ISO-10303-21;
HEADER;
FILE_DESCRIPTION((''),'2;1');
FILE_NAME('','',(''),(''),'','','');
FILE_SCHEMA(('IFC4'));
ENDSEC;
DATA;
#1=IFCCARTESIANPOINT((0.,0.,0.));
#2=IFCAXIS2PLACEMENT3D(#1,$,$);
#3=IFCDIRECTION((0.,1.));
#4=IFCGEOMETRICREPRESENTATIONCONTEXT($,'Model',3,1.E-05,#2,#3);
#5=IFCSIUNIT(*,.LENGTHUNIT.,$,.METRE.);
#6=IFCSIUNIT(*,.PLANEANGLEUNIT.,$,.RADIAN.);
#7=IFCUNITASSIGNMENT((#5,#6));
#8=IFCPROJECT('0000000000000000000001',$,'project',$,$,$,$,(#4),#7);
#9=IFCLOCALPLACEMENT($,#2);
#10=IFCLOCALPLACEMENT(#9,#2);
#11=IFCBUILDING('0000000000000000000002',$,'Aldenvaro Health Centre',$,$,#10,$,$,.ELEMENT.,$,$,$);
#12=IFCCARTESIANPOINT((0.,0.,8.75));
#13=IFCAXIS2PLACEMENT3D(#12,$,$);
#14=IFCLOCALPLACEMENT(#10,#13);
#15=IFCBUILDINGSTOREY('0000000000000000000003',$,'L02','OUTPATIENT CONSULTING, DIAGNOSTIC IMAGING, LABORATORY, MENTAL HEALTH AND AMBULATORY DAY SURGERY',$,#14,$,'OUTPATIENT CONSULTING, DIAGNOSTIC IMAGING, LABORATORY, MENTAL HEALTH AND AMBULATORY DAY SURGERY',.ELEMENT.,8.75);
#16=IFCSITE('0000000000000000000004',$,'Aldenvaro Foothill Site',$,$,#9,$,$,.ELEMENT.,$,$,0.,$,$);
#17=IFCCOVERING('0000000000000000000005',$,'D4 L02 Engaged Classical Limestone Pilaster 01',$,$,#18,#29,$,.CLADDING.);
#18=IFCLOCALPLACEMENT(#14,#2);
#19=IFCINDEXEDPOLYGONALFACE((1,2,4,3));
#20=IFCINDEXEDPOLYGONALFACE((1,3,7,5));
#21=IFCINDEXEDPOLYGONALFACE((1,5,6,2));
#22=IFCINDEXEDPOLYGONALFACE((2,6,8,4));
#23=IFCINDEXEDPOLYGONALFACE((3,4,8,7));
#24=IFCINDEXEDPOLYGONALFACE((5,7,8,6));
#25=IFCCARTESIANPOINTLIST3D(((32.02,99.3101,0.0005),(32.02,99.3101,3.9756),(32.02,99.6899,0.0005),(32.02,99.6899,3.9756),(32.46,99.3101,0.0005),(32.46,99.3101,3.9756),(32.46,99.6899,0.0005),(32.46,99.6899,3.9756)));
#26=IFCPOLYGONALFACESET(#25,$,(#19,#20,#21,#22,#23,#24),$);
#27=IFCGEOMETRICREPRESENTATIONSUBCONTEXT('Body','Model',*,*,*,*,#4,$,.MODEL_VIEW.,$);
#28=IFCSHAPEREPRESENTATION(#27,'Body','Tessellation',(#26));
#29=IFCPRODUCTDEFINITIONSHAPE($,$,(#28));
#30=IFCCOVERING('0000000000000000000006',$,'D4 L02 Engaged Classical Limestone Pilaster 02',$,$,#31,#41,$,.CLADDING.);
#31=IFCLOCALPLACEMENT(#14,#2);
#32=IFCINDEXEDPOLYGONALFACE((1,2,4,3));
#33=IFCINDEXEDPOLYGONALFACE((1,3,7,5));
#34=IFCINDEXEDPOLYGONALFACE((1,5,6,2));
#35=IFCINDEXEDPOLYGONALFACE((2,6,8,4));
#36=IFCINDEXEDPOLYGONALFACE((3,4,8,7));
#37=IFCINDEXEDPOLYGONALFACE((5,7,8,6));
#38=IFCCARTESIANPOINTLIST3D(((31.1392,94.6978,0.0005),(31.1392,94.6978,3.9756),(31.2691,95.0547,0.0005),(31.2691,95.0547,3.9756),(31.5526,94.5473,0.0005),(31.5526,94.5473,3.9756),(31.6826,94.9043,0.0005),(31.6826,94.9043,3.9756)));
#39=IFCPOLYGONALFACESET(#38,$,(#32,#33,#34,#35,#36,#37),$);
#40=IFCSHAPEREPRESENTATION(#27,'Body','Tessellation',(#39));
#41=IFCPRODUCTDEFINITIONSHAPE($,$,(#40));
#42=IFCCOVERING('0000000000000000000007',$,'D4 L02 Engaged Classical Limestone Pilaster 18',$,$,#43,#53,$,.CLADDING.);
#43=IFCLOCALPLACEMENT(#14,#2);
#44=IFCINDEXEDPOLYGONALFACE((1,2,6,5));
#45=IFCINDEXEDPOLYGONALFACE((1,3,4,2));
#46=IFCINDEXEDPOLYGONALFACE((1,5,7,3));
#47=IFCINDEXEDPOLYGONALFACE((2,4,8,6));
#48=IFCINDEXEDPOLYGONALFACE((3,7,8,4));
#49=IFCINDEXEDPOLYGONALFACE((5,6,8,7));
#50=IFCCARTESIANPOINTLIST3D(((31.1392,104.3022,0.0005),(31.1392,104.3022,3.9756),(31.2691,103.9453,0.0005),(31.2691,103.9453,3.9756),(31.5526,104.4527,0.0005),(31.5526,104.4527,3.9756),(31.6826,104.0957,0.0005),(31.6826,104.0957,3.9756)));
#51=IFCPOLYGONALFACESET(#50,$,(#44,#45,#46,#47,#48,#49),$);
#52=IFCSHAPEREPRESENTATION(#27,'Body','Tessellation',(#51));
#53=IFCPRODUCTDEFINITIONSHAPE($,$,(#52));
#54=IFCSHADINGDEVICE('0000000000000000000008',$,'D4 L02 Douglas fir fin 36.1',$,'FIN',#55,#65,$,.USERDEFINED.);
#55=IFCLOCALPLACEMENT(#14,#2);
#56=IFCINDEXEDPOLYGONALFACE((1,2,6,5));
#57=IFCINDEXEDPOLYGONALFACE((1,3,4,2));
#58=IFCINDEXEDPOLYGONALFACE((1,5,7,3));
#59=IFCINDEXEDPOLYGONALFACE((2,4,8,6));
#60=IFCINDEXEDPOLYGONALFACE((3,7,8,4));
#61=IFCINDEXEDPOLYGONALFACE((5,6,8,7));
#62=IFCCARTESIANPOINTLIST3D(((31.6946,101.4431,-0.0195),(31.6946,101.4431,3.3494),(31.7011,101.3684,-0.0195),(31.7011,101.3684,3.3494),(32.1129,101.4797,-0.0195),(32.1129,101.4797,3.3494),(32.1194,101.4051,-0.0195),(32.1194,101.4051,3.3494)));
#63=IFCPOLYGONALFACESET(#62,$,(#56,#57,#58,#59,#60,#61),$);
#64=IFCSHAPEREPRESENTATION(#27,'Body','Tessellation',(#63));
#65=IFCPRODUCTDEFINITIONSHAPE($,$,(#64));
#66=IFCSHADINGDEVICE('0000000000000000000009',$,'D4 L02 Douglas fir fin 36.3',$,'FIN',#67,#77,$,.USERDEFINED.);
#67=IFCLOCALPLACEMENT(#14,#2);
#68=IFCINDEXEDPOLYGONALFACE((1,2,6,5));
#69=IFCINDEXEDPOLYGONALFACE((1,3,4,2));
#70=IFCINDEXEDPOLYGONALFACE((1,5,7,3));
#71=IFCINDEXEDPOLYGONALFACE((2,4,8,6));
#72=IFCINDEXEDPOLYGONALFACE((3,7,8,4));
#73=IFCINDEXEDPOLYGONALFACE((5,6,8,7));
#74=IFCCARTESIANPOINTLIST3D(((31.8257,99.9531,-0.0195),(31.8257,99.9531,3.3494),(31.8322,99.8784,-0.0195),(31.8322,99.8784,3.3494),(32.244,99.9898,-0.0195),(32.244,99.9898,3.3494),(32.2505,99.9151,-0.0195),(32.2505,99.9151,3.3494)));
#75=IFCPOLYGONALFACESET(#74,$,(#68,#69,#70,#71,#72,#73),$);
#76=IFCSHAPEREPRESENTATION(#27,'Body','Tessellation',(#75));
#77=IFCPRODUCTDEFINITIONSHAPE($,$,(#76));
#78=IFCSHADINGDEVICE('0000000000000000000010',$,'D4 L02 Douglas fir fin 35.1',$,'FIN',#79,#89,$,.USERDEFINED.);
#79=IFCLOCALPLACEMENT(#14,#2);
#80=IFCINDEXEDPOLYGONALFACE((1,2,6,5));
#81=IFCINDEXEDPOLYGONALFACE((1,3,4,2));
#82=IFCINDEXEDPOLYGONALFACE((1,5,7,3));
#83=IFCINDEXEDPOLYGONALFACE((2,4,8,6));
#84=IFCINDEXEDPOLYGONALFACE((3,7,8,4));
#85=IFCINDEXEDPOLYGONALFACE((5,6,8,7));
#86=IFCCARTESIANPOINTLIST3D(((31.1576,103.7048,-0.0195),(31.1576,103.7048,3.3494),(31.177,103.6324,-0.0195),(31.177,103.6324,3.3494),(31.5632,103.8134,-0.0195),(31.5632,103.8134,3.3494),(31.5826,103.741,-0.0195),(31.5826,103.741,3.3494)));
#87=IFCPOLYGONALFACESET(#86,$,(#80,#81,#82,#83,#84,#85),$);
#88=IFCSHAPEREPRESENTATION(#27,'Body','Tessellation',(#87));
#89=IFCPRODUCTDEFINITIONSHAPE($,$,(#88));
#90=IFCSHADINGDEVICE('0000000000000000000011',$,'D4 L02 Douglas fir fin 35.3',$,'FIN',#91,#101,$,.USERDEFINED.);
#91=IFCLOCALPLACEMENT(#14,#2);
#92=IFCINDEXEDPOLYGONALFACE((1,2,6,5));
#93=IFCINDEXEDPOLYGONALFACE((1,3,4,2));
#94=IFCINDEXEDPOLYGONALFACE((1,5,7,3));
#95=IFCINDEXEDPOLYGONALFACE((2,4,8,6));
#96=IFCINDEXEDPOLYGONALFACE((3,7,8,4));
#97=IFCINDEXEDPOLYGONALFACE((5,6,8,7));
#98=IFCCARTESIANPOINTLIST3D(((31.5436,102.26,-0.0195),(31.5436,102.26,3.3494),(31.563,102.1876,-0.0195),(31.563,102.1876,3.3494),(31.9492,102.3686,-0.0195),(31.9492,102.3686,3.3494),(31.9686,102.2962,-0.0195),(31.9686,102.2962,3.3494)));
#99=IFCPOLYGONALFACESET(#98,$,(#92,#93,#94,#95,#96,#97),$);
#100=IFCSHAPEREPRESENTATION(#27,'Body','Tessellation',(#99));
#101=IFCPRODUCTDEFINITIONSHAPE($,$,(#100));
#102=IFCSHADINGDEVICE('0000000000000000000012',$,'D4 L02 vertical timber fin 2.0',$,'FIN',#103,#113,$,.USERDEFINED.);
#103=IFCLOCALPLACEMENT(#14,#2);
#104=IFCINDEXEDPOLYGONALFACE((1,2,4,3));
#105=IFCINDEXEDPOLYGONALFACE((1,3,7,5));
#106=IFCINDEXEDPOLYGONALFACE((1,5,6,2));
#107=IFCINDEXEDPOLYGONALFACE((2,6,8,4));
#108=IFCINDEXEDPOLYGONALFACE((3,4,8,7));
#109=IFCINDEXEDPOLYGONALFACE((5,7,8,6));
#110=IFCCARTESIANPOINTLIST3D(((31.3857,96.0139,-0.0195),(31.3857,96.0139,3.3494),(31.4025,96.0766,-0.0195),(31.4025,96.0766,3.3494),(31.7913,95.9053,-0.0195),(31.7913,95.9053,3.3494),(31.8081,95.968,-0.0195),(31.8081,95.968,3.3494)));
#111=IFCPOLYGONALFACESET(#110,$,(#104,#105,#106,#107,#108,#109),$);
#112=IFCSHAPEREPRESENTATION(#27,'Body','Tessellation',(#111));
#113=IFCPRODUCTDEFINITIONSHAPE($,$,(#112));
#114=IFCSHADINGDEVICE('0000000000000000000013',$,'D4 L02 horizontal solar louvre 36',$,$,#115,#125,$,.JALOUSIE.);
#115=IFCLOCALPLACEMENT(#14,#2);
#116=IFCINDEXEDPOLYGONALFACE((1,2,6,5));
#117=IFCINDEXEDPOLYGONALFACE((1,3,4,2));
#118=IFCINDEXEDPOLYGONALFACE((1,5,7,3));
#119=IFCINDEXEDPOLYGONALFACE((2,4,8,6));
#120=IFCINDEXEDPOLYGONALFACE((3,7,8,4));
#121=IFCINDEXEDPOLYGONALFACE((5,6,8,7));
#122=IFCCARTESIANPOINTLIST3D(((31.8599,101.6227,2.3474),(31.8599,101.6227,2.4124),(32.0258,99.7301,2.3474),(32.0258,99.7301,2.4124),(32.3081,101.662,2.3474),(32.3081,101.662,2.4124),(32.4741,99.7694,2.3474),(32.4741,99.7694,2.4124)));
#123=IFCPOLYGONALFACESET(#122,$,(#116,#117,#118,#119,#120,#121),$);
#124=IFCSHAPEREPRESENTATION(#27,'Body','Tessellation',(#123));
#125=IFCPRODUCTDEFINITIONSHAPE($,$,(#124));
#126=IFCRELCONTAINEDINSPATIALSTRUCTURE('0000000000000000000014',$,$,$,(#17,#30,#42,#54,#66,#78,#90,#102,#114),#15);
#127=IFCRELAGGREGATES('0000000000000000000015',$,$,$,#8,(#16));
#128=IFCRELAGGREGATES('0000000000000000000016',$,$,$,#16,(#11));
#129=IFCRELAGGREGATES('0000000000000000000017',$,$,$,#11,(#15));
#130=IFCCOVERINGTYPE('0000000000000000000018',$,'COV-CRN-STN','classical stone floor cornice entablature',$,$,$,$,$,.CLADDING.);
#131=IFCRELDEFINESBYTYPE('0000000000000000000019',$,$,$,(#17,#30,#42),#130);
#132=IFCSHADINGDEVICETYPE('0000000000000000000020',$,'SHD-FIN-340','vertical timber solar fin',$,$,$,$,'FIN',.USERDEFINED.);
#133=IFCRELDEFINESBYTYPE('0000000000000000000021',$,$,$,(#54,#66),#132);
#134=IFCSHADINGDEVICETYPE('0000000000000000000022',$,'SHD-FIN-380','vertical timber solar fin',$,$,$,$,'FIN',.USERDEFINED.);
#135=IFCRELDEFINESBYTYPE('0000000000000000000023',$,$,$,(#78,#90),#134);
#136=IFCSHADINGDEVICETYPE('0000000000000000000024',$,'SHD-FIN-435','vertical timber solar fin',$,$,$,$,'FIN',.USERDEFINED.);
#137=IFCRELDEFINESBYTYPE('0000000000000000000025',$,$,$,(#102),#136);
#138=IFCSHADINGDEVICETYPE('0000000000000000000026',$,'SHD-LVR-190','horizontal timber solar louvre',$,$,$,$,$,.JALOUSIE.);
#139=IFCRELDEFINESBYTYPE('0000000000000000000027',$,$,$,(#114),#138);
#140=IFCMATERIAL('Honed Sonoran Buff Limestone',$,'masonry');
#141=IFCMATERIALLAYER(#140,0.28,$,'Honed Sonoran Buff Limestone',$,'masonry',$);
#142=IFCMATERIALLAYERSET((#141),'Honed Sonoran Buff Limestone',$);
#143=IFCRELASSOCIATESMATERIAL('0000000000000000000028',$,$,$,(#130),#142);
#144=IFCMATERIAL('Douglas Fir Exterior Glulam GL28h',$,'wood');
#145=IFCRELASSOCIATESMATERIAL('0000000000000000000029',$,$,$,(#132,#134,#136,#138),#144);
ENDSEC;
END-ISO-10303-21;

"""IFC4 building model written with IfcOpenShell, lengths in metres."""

from ifc_helpers import new_model, si_unit, direction, frame, origin, origin_2d, place, context, subcontext, project, spatial, rectangle, extrude, material, layer, layer_set, type_object, element, save


model = new_model("IFC4")

# Units and contexts
model_context = context("Model", 3, precision=1e-05, world=origin(), true_north=direction((0.0, 1.0)))
body_context = subcontext(model_context, "Body", "Model", "MODEL_VIEW")
ifc_project = project(units=[si_unit("LENGTHUNIT", "METRE"), si_unit("PLANEANGLEUNIT", "RADIAN")], contexts=[model_context])

# Site, building, storey
site_placement = place(None, origin())
site = spatial("IfcSite", under=ifc_project, at=site_placement, Name="Aldenvaro Foothill Site", CompositionType="ELEMENT", RefElevation=0.0)
building_placement = place(site_placement, origin())
building = spatial("IfcBuilding", under=site, at=building_placement, Name="Aldenvaro Health Centre", CompositionType="ELEMENT")
storey_placement = place(building_placement, frame((0.0, 0.0, 8.75)))
storey = spatial("IfcBuildingStorey", under=building, at=storey_placement, Name="L02", Description="OUTPATIENT CONSULTING, DIAGNOSTIC IMAGING, LABORATORY, MENTAL HEALTH AND AMBULATORY DAY SURGERY", LongName="OUTPATIENT CONSULTING, DIAGNOSTIC IMAGING, LABORATORY, MENTAL HEALTH AND AMBULATORY DAY SURGERY", CompositionType="ELEMENT", Elevation=8.75)

# Coverings
ifc_material_1 = material(Name="Honed Sonoran Buff Limestone", Category="masonry")
ifc_layer_1 = layer(ifc_material_1, 0.28, Name="Honed Sonoran Buff Limestone", Category="masonry")
ifc_layer_set_1 = layer_set([ifc_layer_1], Name="Honed Sonoran Buff Limestone")
covering_type = type_object("IfcCoveringType", Name="COV-CRN-STN", Description="classical stone floor cornice entablature", PredefinedType="CLADDING", material=ifc_layer_set_1)
for number, where, z_axis, x_axis, name in (
    (1, (32.24, 99.5, 0.0005), (0.0, 0.0, 1.0), (1.0, 0.0, 0.0), "D4 L02 Engaged Classical Limestone Pilaster 01"),
    (2, (31.4109, 94.801, 0.0005), (0.0, 0.0, 1.0), (0.939695, -0.342013, 0.0), "D4 L02 Engaged Classical Limestone Pilaster 02"),
    (3, (31.4109, 104.199, 0.0005), (0.0, 0.0, 1.0), (0.939695, 0.342013, 0.0), "D4 L02 Engaged Classical Limestone Pilaster 18"),
):
    element("IfcCovering", number, at=place(storey_placement, frame(where, z_axis=z_axis, x_axis=x_axis)), inside=storey, type_object=covering_type, Name=name, PredefinedType="CLADDING", context=body_context, shape_type="SweptSolid", body=[
        extrude(rectangle(XDim=0.4399, YDim=0.3799, at=origin_2d()), origin(), (0.0, 0.0, 1.0), 3.9751),
    ])

# Shading devices
ifc_material_2 = material(Name="Douglas Fir Exterior Glulam GL28h", Category="wood")
shading_device_type_1 = type_object("IfcShadingDeviceType", Name="SHD-FIN-340", Description="vertical timber solar fin", ElementType="FIN", PredefinedType="USERDEFINED", material=ifc_material_2)
for number, where, z_axis, x_axis, name in (
    (4, (31.907, 101.4241, -0.0195), (0.0, 0.0, 1.0), (0.087332, -0.996179, 0.0), "D4 L02 Douglas fir fin 36.1"),
    (5, (32.0381, 99.9341, -0.0195), (0.0, 0.0, 1.0), (0.087332, -0.996179, 0.0), "D4 L02 Douglas fir fin 36.3"),
):
    element("IfcShadingDevice", number, at=place(storey_placement, frame(where, z_axis=z_axis, x_axis=x_axis)), inside=storey, type_object=shading_device_type_1, Name=name, ObjectType="FIN", PredefinedType="USERDEFINED", context=body_context, shape_type="SweptSolid", body=[
        extrude(rectangle(XDim=0.075, YDim=0.4199, at=origin_2d()), origin(), (0.0, 0.0, 1.0), 3.3689),
    ])
shading_device_type_2 = type_object("IfcShadingDeviceType", Name="SHD-FIN-380", Description="vertical timber solar fin", ElementType="FIN", PredefinedType="USERDEFINED", material=ifc_material_2)
for number, where, z_axis, x_axis, name in (
    (6, (31.3701, 103.7229, -0.0195), (0.0, 0.0, 1.0), (0.258622, -0.965979, 0.0), "D4 L02 Douglas fir fin 35.1"),
    (7, (31.7561, 102.2781, -0.0195), (0.0, 0.0, 1.0), (0.258622, -0.965979, 0.0), "D4 L02 Douglas fir fin 35.3"),
):
    element("IfcShadingDevice", number, at=place(storey_placement, frame(where, z_axis=z_axis, x_axis=x_axis)), inside=storey, type_object=shading_device_type_2, Name=name, ObjectType="FIN", PredefinedType="USERDEFINED", context=body_context, shape_type="SweptSolid", body=[
        extrude(rectangle(XDim=0.075, YDim=0.4199, at=origin_2d()), origin(), (0.0, 0.0, 1.0), 3.3689),
    ])
shading_device_type_3 = type_object("IfcShadingDeviceType", Name="SHD-FIN-435", Description="vertical timber solar fin", ElementType="FIN", PredefinedType="USERDEFINED", material=ifc_material_2)
shading_device_1_placement = place(storey_placement, frame((31.5969, 95.991, -0.0195), z_axis=(0.0, 0.0, 1.0), x_axis=(-0.258622, -0.965979, 0.0)))
element("IfcShadingDevice", 8, at=shading_device_1_placement, inside=storey, type_object=shading_device_type_3, Name="D4 L02 vertical timber fin 2.0", ObjectType="FIN", PredefinedType="USERDEFINED", context=body_context, shape_type="SweptSolid", body=[
    extrude(rectangle(XDim=0.0649, YDim=0.4199, at=origin_2d()), origin(), (0.0, 0.0, 1.0), 3.3689),
])
shading_device_type_4 = type_object("IfcShadingDeviceType", Name="SHD-LVR-190", Description="horizontal timber solar louvre", PredefinedType="JALOUSIE", material=ifc_material_2)
shading_device_2_placement = place(storey_placement, frame((32.167, 100.696, 2.3474), z_axis=(0.0, 0.0, 1.0), x_axis=(0.087332, -0.996179, 0.0)))
element("IfcShadingDevice", 9, at=shading_device_2_placement, inside=storey, type_object=shading_device_type_4, Name="D4 L02 horizontal solar louvre 36", PredefinedType="JALOUSIE", context=body_context, shape_type="SweptSolid", body=[
    extrude(rectangle(XDim=1.8999, YDim=0.45, at=origin_2d()), origin(), (0.0, 0.0, 1.0), 0.0649),
])

save(model, "model.ifc")
